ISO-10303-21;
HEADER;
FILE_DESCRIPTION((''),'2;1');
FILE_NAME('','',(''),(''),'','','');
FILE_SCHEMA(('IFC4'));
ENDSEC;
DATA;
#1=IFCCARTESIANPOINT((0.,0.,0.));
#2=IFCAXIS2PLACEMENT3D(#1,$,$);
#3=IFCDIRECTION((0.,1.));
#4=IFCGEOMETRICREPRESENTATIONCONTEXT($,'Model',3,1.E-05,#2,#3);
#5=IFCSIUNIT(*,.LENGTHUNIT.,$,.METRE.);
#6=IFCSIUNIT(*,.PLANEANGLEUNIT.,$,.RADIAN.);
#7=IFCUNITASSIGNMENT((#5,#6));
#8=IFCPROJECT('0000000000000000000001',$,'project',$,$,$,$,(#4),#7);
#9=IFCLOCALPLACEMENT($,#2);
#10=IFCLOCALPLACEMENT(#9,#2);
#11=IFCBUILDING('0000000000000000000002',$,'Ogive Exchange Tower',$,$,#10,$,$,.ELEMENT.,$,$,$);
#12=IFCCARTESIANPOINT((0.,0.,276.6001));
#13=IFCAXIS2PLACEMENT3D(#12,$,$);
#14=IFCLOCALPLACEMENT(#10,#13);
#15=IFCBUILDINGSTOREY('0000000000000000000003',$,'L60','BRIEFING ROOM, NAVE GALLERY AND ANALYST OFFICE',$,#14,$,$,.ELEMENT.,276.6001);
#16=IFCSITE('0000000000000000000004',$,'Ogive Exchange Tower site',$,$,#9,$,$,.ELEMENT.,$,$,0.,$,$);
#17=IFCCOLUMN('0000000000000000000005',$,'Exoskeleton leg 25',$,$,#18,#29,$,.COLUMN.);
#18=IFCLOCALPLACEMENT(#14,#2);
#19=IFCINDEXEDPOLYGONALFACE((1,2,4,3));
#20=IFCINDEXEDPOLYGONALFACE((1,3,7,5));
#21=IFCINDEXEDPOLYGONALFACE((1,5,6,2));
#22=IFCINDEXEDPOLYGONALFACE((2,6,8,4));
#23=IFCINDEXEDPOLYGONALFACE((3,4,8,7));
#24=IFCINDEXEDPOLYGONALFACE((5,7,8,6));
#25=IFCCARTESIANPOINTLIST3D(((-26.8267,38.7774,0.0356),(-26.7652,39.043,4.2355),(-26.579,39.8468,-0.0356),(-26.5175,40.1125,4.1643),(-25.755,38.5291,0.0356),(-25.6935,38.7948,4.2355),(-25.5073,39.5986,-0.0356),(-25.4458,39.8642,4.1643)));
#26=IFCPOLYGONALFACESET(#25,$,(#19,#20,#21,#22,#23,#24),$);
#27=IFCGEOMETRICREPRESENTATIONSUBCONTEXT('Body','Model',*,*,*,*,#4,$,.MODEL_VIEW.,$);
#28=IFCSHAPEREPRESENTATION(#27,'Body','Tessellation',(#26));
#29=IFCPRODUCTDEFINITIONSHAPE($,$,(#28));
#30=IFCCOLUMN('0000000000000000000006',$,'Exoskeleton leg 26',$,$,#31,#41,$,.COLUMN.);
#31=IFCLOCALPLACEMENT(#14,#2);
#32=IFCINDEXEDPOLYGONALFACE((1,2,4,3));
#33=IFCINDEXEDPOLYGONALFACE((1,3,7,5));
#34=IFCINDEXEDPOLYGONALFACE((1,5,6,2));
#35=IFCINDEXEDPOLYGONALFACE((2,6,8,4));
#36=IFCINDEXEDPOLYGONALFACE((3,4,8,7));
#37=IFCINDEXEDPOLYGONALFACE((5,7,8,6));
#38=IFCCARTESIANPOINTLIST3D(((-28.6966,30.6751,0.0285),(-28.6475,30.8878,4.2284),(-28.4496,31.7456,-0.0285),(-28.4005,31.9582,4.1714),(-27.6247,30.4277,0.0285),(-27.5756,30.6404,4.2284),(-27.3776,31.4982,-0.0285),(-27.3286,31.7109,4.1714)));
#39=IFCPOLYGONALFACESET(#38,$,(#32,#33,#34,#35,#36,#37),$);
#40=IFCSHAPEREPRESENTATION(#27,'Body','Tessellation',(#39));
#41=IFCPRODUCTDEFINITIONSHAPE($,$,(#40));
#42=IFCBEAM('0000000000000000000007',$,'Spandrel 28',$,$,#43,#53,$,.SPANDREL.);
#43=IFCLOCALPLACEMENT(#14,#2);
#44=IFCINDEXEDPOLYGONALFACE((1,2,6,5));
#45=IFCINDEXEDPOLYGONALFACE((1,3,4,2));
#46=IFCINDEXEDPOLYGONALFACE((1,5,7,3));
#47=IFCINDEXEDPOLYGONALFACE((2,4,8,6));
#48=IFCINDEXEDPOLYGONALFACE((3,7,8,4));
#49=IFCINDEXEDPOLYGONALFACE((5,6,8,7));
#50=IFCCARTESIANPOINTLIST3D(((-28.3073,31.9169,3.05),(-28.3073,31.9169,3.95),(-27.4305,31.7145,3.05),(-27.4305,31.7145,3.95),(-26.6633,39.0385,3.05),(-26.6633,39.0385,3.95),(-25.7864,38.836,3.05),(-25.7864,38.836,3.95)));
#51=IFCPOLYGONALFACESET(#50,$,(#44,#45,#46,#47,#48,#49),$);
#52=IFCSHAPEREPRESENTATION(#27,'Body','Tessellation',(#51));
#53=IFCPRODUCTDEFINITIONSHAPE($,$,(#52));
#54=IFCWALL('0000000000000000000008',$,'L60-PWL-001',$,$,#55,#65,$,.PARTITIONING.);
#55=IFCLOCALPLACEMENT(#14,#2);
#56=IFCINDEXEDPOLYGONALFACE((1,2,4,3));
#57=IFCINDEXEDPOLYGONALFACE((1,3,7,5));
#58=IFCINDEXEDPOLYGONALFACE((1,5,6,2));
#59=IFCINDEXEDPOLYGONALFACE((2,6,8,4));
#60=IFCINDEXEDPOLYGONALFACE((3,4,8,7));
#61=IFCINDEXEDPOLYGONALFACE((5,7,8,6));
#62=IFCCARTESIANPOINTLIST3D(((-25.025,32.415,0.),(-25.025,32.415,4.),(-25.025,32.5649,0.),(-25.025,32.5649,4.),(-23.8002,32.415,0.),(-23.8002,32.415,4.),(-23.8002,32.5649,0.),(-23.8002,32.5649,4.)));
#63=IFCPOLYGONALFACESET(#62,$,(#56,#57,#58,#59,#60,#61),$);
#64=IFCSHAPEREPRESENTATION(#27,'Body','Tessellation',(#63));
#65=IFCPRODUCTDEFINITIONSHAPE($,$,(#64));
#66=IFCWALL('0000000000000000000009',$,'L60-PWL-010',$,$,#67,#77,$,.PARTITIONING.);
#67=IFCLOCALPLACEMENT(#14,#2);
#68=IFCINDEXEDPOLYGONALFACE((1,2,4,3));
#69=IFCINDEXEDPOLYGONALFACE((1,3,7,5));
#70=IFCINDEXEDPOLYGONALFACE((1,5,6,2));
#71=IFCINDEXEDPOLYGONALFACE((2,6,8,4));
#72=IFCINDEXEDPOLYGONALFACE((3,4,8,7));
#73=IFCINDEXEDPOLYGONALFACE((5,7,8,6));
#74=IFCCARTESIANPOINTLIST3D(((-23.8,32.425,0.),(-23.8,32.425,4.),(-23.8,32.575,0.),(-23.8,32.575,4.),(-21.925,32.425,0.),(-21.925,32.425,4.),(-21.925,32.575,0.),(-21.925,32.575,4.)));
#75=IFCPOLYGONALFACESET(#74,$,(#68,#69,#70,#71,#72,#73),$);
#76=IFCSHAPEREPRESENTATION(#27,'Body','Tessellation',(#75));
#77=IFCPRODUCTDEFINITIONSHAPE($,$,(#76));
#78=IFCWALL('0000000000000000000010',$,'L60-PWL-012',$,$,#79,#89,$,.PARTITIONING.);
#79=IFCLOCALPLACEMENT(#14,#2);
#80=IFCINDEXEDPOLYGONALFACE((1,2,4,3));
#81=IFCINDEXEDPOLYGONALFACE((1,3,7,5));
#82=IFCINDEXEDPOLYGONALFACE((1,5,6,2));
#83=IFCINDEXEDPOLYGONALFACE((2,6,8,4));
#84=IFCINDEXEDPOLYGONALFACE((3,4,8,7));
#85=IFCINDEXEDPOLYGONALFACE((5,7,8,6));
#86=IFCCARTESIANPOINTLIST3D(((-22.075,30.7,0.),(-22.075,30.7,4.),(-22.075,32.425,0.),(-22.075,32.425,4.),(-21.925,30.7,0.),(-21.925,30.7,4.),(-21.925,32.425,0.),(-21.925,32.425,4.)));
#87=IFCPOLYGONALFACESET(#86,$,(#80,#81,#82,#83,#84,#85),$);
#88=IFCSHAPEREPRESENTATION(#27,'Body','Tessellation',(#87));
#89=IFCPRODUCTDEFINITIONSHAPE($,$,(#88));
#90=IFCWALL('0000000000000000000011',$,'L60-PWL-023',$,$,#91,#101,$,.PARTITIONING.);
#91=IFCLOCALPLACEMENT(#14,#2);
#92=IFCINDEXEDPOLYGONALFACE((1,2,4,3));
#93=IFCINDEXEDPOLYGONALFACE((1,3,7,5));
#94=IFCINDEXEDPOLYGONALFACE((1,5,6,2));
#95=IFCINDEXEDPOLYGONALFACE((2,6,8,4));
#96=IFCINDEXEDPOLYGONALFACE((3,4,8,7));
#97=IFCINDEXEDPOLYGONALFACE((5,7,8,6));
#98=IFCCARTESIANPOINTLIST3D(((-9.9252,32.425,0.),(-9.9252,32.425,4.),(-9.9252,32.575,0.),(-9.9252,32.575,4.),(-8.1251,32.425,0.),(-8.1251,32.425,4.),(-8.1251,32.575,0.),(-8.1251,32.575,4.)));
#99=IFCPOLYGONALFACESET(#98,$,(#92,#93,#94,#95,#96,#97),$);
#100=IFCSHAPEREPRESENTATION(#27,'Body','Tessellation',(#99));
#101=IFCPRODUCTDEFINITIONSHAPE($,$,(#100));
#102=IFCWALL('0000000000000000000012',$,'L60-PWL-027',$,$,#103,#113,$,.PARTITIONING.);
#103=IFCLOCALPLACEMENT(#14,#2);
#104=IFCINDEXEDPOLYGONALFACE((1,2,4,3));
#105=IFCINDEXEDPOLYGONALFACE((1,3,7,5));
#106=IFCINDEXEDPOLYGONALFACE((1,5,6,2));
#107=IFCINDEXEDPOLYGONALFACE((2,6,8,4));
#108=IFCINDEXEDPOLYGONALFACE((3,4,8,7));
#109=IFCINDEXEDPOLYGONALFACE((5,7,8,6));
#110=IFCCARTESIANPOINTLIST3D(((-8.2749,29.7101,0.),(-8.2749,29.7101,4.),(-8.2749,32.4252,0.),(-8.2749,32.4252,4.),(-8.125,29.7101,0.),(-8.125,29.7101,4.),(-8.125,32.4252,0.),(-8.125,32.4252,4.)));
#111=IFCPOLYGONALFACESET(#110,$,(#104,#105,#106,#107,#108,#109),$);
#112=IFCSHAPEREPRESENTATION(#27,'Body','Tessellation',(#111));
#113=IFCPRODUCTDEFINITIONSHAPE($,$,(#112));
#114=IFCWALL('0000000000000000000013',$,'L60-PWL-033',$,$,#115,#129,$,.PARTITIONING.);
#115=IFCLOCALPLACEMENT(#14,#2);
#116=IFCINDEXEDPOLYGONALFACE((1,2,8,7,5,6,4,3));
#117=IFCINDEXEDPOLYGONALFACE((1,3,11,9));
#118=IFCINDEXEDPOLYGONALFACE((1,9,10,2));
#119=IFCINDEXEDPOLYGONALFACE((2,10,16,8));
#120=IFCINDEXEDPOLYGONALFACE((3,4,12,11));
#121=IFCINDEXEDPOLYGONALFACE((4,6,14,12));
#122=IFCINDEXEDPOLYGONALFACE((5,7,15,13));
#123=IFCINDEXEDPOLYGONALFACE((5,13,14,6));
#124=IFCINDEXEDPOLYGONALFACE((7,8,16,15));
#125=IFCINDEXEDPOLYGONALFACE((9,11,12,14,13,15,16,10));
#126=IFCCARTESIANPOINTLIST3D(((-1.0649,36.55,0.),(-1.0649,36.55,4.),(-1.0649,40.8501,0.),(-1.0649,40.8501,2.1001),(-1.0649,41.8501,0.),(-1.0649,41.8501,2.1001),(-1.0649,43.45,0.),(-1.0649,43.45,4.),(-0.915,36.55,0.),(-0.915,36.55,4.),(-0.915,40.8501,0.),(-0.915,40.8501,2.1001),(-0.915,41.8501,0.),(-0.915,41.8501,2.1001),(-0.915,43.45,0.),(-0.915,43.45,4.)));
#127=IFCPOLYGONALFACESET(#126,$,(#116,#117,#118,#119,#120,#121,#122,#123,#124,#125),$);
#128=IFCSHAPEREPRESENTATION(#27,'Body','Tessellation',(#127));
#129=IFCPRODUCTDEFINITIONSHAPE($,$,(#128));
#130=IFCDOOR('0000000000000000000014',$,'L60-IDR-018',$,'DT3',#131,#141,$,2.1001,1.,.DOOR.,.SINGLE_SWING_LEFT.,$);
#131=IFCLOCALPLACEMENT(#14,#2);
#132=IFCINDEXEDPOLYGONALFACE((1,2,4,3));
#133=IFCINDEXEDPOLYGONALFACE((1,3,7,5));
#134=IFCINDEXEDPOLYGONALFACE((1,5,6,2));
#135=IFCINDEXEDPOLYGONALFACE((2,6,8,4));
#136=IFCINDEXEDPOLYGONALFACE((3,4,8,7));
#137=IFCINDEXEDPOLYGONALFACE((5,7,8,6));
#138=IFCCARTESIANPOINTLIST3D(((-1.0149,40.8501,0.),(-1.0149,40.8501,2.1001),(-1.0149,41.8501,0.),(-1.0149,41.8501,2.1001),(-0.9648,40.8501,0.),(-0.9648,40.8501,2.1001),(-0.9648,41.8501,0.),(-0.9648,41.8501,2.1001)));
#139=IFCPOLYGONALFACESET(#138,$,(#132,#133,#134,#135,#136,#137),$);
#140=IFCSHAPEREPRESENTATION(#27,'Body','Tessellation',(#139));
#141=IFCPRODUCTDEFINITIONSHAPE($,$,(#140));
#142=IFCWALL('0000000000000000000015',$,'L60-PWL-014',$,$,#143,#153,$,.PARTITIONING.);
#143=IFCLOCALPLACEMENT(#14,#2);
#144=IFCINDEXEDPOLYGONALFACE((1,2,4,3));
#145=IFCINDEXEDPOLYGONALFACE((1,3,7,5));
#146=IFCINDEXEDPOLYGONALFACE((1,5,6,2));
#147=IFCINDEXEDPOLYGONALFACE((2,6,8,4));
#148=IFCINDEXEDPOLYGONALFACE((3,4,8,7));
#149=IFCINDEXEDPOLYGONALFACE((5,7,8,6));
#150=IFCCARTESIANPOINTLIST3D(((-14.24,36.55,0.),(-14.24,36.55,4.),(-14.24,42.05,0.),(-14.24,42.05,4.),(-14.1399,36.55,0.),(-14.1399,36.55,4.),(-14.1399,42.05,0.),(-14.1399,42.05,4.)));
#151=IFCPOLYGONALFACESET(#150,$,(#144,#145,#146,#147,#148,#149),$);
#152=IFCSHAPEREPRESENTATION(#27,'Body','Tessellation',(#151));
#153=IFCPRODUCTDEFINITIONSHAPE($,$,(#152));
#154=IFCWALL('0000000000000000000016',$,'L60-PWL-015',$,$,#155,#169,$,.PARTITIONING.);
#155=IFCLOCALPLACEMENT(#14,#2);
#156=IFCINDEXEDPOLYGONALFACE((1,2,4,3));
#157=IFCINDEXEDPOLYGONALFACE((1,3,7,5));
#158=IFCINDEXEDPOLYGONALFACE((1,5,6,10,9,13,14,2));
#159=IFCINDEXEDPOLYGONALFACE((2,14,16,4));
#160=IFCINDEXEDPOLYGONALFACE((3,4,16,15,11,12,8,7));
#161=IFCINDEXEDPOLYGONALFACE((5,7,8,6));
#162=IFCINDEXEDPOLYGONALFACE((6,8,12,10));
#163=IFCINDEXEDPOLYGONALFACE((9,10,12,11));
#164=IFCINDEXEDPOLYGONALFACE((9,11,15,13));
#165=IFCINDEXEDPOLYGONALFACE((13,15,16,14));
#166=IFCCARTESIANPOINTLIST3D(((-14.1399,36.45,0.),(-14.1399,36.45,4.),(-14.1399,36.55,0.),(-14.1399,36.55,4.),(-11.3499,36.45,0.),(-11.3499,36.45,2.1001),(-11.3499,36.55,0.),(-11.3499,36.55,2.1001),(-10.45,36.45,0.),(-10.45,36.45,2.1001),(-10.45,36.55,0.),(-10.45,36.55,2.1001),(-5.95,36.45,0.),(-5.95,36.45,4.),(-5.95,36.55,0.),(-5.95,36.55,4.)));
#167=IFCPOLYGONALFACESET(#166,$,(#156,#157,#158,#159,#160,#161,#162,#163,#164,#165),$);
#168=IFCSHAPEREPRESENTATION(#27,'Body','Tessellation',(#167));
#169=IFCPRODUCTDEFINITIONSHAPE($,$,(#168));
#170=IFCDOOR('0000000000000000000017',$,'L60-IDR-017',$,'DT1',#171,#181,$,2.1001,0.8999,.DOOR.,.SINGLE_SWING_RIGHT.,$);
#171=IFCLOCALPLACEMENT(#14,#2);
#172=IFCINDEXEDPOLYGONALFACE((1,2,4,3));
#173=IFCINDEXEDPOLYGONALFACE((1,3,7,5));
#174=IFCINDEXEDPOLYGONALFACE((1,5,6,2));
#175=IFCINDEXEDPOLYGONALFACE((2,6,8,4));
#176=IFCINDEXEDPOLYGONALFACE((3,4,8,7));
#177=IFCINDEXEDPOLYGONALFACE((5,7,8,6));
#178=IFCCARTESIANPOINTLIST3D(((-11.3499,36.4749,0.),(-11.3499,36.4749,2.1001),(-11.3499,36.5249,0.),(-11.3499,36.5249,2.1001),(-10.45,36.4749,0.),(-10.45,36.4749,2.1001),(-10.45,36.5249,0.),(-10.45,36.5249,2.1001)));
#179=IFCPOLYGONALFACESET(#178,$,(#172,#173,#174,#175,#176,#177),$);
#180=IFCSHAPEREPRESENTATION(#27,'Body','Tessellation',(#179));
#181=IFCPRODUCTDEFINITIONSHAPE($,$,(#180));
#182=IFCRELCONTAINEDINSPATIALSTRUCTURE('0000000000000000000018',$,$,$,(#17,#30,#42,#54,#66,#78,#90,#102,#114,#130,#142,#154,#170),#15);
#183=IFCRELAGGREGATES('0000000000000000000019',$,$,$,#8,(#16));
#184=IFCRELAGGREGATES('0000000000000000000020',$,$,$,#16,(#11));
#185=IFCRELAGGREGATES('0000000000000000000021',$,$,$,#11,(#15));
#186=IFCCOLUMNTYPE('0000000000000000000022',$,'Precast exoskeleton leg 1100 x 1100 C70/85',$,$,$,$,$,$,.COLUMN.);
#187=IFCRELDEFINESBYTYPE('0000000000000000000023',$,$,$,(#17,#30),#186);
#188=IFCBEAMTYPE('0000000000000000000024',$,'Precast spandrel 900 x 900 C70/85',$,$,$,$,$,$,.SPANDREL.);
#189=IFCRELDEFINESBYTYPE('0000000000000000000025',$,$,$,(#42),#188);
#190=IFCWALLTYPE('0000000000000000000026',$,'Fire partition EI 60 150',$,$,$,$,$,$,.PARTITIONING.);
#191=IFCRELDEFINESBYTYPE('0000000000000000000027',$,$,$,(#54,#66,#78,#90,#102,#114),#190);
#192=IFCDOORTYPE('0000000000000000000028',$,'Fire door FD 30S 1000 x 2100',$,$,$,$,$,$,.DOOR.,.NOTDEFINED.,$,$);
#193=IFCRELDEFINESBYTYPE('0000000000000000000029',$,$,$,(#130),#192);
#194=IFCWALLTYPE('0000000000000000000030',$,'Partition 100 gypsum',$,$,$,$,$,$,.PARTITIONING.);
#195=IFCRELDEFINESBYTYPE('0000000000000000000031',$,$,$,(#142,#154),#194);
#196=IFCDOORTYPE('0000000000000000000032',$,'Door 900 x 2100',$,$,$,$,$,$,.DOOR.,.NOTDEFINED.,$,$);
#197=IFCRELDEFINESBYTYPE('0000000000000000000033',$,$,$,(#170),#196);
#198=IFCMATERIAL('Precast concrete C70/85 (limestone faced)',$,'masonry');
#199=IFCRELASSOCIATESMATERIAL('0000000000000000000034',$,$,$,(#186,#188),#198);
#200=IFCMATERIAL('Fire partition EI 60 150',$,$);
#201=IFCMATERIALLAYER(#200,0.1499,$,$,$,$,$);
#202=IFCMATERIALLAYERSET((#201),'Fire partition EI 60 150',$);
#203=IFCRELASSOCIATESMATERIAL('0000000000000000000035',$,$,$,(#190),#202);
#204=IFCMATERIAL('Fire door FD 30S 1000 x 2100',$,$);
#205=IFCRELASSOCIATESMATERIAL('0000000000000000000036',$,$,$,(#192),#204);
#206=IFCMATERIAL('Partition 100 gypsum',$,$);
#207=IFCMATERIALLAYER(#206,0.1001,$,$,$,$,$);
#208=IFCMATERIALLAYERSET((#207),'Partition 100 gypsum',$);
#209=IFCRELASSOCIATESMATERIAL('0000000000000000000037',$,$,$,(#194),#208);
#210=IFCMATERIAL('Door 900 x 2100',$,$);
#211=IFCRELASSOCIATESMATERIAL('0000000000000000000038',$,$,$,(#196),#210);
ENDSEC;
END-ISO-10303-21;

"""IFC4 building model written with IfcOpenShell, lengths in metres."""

from ifc_helpers import new_model, si_unit, direction, frame, frame_2d, origin, origin_2d, place, context, subcontext, project, spatial, rectangle, extrude, material, layer, layer_set, material_profile, profile_set, type_object, element, fill, save


model = new_model("IFC4")

# Units and contexts
model_context = context("Model", 3, precision=1e-05, world=origin(), true_north=direction((0.0, 1.0)))
body_context = subcontext(model_context, "Body", "Model", "MODEL_VIEW")
ifc_project = project(units=[si_unit("LENGTHUNIT", "METRE"), si_unit("PLANEANGLEUNIT", "RADIAN")], contexts=[model_context])

# Site, building, storey
site_placement = place(None, origin())
site = spatial("IfcSite", under=ifc_project, at=site_placement, Name="Ogive Exchange Tower site", CompositionType="ELEMENT", RefElevation=0.0)
building_placement = place(site_placement, origin())
building = spatial("IfcBuilding", under=site, at=building_placement, Name="Ogive Exchange Tower", CompositionType="ELEMENT")
storey_placement = place(building_placement, frame((0.0, 0.0, 276.6001)))
storey = spatial("IfcBuildingStorey", under=building, at=storey_placement, Name="L60", Description="BRIEFING ROOM, NAVE GALLERY AND ANALYST OFFICE", CompositionType="ELEMENT", Elevation=276.6001)

# Columns
ifc_material_1 = material(Name="Precast concrete C70/85 (limestone faced)", Category="masonry")
ifc_material_profile_1 = material_profile(ifc_material_1, rectangle(XDim=1.1001, YDim=1.1001, at=origin_2d()), Name="1100 x 1100")
ifc_profile_set_1 = profile_set([ifc_material_profile_1], Name="Precast concrete C70/85 (limestone faced)")
column_type = type_object("IfcColumnType", Name="Precast exoskeleton leg 1100 x 1100 C70/85", PredefinedType="COLUMN", material=ifc_profile_set_1)
column_1_placement = place(storey_placement, frame((-26.167, 39.188, 0.0), z_axis=(0.014618, 0.063112, 0.997899), x_axis=(-0.97421, 0.225644, 0.0)))
element("IfcColumn", 1, at=column_1_placement, inside=storey, type_object=column_type, Name="Exoskeleton leg 25", PredefinedType="COLUMN", context=body_context, shape_type="SweptSolid", body=[
    extrude(rectangle(XDim=1.1001, YDim=1.1001, at=origin_2d()), origin(), (0.0, 0.0, 1.0), 4.2087),
])
column_2_placement = place(storey_placement, frame((-28.0371, 31.0867, 0.0), z_axis=(0.011668, 0.050562, 0.998653), x_axis=(-0.974391, 0.22486, 0.0)))
element("IfcColumn", 2, at=column_2_placement, inside=storey, type_object=column_type, Name="Exoskeleton leg 26", PredefinedType="COLUMN", context=body_context, shape_type="SweptSolid", body=[
    extrude(rectangle(XDim=1.1001, YDim=1.1001, at=origin_2d()), origin(), (0.0, 0.0, 1.0), 4.2056),
])

# Beam
ifc_material_profile_2 = material_profile(ifc_material_1, rectangle(XDim=0.8999, YDim=0.8999, at=origin_2d()), Name="900 x 900")
ifc_profile_set_2 = profile_set([ifc_material_profile_2], Name="Precast concrete C70/85 (limestone faced)")
beam_type = type_object("IfcBeamType", Name="Precast spandrel 900 x 900 C70/85", PredefinedType="SPANDREL", material=ifc_profile_set_2)
beam_placement = place(storey_placement, frame((-26.2249, 38.9373, 3.5), z_axis=(-0.224938, -0.974373, 0.0), x_axis=(0.974373, -0.224938, 0.0)))
element("IfcBeam", 3, at=beam_placement, inside=storey, type_object=beam_type, Name="Spandrel 28", PredefinedType="SPANDREL", context=body_context, shape_type="SweptSolid", body=[
    extrude(rectangle(XDim=0.8999, YDim=0.8999, at=origin_2d()), origin(), (0.0, 0.0, 1.0), 7.3088),
])

# Walls
ifc_material_2 = material(Name="Fire partition EI 60 150")
ifc_layer_1 = layer(ifc_material_2, 0.1499)
ifc_layer_set_1 = layer_set([ifc_layer_1], Name="Fire partition EI 60 150")
wall_type_1 = type_object("IfcWallType", Name="Fire partition EI 60 150", PredefinedType="PARTITIONING", material=ifc_layer_set_1)
wall_1_placement = place(storey_placement, frame((-25.0249, 32.49, 0.0), z_axis=(0.0, 0.0, 1.0), x_axis=(1.0, 0.0, 0.0)))
element("IfcWall", 4, at=wall_1_placement, inside=storey, type_object=wall_type_1, Name="L60-PWL-001", PredefinedType="PARTITIONING", context=body_context, shape_type="SweptSolid", body=[
    extrude(rectangle(XDim=1.2249, YDim=0.1499, at=frame_2d((0.6123, 0.0))), origin(), (0.0, 0.0, 1.0), 4.0),
])
wall_2_placement = place(storey_placement, frame((-23.8, 32.5, 0.0), z_axis=(0.0, 0.0, 1.0), x_axis=(1.0, 0.0, 0.0)))
element("IfcWall", 5, at=wall_2_placement, inside=storey, type_object=wall_type_1, Name="L60-PWL-010", PredefinedType="PARTITIONING", context=body_context, shape_type="SweptSolid", body=[
    extrude(rectangle(XDim=1.875, YDim=0.1499, at=frame_2d((0.9375, 0.0))), origin(), (0.0, 0.0, 1.0), 4.0),
])
wall_3_placement = place(storey_placement, frame((-22.0, 32.425, 0.0), z_axis=(0.0, 0.0, 1.0), x_axis=(0.0, -1.0, 0.0)))
element("IfcWall", 6, at=wall_3_placement, inside=storey, type_object=wall_type_1, Name="L60-PWL-012", PredefinedType="PARTITIONING", context=body_context, shape_type="SweptSolid", body=[
    extrude(rectangle(XDim=1.7251, YDim=0.1499, at=frame_2d((0.8625, 0.0))), origin(), (0.0, 0.0, 1.0), 4.0),
])
wall_4_placement = place(storey_placement, frame((-9.925, 32.5, 0.0), z_axis=(0.0, 0.0, 1.0), x_axis=(1.0, 0.0, 0.0)))
element("IfcWall", 7, at=wall_4_placement, inside=storey, type_object=wall_type_1, Name="L60-PWL-023", PredefinedType="PARTITIONING", context=body_context, shape_type="SweptSolid", body=[
    extrude(rectangle(XDim=1.8, YDim=0.1499, at=frame_2d((0.8999, 0.0))), origin(), (0.0, 0.0, 1.0), 4.0),
])
wall_5_placement = place(storey_placement, frame((-8.2, 32.425, 0.0), z_axis=(0.0, 0.0, 1.0), x_axis=(0.0, -1.0, 0.0)))
element("IfcWall", 8, at=wall_5_placement, inside=storey, type_object=wall_type_1, Name="L60-PWL-027", PredefinedType="PARTITIONING", context=body_context, shape_type="SweptSolid", body=[
    extrude(rectangle(XDim=2.7151, YDim=0.1499, at=frame_2d((1.3574, 0.0))), origin(), (0.0, 0.0, 1.0), 4.0),
])

# Wall, opening, door
wall_6_placement = place(storey_placement, frame((-0.99, 36.55, 0.0), z_axis=(0.0, 0.0, 1.0), x_axis=(0.0, 1.0, 0.0)))
wall_6 = element("IfcWall", 9, at=wall_6_placement, inside=storey, type_object=wall_type_1, Name="L60-PWL-033", PredefinedType="PARTITIONING", context=body_context, shape_type="SweptSolid", body=[
    extrude(rectangle(XDim=6.8999, YDim=0.1499, at=frame_2d((3.45, 0.0))), origin(), (0.0, 0.0, 1.0), 4.0),
])
opening_1_placement = place(wall_6_placement, frame((4.3, 0.0, 0.0)))
opening_1 = element("IfcOpeningElement", 10, at=opening_1_placement, cuts=wall_6, PredefinedType="OPENING", context=body_context, shape_type="SweptSolid", body=[
    extrude(rectangle(XDim=1.0, YDim=2.1001, at=frame_2d((0.5, 1.05))), frame((0.0, 0.085, 0.0), z_axis=(0.0, -1.0, 0.0), x_axis=(1.0, 0.0, 0.0)), (0.0, 0.0, 1.0), 0.1699),
])
ifc_material_3 = material(Name="Fire door FD 30S 1000 x 2100")
door_type_1 = type_object("IfcDoorType", Name="Fire door FD 30S 1000 x 2100", OperationType="NOTDEFINED", PredefinedType="DOOR", material=ifc_material_3)
door_1_placement = place(opening_1_placement, origin())
door_1 = element("IfcDoor", 11, at=door_1_placement, inside=storey, type_object=door_type_1, Name="L60-IDR-018", ObjectType="DT3", OperationType="SINGLE_SWING_LEFT", OverallHeight=2.1001, OverallWidth=1.0, PredefinedType="DOOR", context=body_context, shape_type="SweptSolid", body=[
    extrude(rectangle(XDim=1.0, YDim=2.1001, at=frame_2d((0.5, 1.05))), frame((0.0, 0.0249, 0.0), z_axis=(0.0, -1.0, 0.0), x_axis=(1.0, 0.0, 0.0)), (0.0, 0.0, 1.0), 0.05),
])
fill(opening_1, door_1)

# Wall
ifc_material_4 = material(Name="Partition 100 gypsum")
ifc_layer_2 = layer(ifc_material_4, 0.1001)
ifc_layer_set_2 = layer_set([ifc_layer_2], Name="Partition 100 gypsum")
wall_type_2 = type_object("IfcWallType", Name="Partition 100 gypsum", PredefinedType="PARTITIONING", material=ifc_layer_set_2)
wall_7_placement = place(storey_placement, frame((-14.1899, 36.55, 0.0), z_axis=(0.0, 0.0, 1.0), x_axis=(0.0, 1.0, 0.0)))
element("IfcWall", 12, at=wall_7_placement, inside=storey, type_object=wall_type_2, Name="L60-PWL-014", PredefinedType="PARTITIONING", context=body_context, shape_type="SweptSolid", body=[
    extrude(rectangle(XDim=5.5, YDim=0.1001, at=frame_2d((2.75, 0.0))), origin(), (0.0, 0.0, 1.0), 4.0),
])

# Wall, opening, door
wall_8_placement = place(storey_placement, frame((-14.1399, 36.5, 0.0), z_axis=(0.0, 0.0, 1.0), x_axis=(1.0, 0.0, 0.0)))
wall_8 = element("IfcWall", 13, at=wall_8_placement, inside=storey, type_object=wall_type_2, Name="L60-PWL-015", PredefinedType="PARTITIONING", context=body_context, shape_type="SweptSolid", body=[
    extrude(rectangle(XDim=8.1899, YDim=0.1001, at=frame_2d((4.095, 0.0))), origin(), (0.0, 0.0, 1.0), 4.0),
])
opening_2_placement = place(wall_8_placement, frame((2.79, 0.0, 0.0)))
opening_2 = element("IfcOpeningElement", 14, at=opening_2_placement, cuts=wall_8, PredefinedType="OPENING", context=body_context, shape_type="SweptSolid", body=[
    extrude(rectangle(XDim=0.8999, YDim=2.1001, at=frame_2d((0.45, 1.05))), frame((0.0, 0.0601, 0.0), z_axis=(0.0, -1.0, 0.0), x_axis=(1.0, 0.0, 0.0)), (0.0, 0.0, 1.0), 0.1201),
])
ifc_material_5 = material(Name="Door 900 x 2100")
door_type_2 = type_object("IfcDoorType", Name="Door 900 x 2100", OperationType="NOTDEFINED", PredefinedType="DOOR", material=ifc_material_5)
door_2_placement = place(opening_2_placement, origin())
door_2 = element("IfcDoor", 15, at=door_2_placement, inside=storey, type_object=door_type_2, Name="L60-IDR-017", ObjectType="DT1", OperationType="SINGLE_SWING_RIGHT", OverallHeight=2.1001, OverallWidth=0.8999, PredefinedType="DOOR", context=body_context, shape_type="SweptSolid", body=[
    extrude(rectangle(XDim=0.8999, YDim=2.1001, at=frame_2d((0.45, 1.05))), frame((0.0, 0.0249, 0.0), z_axis=(0.0, -1.0, 0.0), x_axis=(1.0, 0.0, 0.0)), (0.0, 0.0, 1.0), 0.05),
])
fill(opening_2, door_2)

save(model, "model.ifc")
